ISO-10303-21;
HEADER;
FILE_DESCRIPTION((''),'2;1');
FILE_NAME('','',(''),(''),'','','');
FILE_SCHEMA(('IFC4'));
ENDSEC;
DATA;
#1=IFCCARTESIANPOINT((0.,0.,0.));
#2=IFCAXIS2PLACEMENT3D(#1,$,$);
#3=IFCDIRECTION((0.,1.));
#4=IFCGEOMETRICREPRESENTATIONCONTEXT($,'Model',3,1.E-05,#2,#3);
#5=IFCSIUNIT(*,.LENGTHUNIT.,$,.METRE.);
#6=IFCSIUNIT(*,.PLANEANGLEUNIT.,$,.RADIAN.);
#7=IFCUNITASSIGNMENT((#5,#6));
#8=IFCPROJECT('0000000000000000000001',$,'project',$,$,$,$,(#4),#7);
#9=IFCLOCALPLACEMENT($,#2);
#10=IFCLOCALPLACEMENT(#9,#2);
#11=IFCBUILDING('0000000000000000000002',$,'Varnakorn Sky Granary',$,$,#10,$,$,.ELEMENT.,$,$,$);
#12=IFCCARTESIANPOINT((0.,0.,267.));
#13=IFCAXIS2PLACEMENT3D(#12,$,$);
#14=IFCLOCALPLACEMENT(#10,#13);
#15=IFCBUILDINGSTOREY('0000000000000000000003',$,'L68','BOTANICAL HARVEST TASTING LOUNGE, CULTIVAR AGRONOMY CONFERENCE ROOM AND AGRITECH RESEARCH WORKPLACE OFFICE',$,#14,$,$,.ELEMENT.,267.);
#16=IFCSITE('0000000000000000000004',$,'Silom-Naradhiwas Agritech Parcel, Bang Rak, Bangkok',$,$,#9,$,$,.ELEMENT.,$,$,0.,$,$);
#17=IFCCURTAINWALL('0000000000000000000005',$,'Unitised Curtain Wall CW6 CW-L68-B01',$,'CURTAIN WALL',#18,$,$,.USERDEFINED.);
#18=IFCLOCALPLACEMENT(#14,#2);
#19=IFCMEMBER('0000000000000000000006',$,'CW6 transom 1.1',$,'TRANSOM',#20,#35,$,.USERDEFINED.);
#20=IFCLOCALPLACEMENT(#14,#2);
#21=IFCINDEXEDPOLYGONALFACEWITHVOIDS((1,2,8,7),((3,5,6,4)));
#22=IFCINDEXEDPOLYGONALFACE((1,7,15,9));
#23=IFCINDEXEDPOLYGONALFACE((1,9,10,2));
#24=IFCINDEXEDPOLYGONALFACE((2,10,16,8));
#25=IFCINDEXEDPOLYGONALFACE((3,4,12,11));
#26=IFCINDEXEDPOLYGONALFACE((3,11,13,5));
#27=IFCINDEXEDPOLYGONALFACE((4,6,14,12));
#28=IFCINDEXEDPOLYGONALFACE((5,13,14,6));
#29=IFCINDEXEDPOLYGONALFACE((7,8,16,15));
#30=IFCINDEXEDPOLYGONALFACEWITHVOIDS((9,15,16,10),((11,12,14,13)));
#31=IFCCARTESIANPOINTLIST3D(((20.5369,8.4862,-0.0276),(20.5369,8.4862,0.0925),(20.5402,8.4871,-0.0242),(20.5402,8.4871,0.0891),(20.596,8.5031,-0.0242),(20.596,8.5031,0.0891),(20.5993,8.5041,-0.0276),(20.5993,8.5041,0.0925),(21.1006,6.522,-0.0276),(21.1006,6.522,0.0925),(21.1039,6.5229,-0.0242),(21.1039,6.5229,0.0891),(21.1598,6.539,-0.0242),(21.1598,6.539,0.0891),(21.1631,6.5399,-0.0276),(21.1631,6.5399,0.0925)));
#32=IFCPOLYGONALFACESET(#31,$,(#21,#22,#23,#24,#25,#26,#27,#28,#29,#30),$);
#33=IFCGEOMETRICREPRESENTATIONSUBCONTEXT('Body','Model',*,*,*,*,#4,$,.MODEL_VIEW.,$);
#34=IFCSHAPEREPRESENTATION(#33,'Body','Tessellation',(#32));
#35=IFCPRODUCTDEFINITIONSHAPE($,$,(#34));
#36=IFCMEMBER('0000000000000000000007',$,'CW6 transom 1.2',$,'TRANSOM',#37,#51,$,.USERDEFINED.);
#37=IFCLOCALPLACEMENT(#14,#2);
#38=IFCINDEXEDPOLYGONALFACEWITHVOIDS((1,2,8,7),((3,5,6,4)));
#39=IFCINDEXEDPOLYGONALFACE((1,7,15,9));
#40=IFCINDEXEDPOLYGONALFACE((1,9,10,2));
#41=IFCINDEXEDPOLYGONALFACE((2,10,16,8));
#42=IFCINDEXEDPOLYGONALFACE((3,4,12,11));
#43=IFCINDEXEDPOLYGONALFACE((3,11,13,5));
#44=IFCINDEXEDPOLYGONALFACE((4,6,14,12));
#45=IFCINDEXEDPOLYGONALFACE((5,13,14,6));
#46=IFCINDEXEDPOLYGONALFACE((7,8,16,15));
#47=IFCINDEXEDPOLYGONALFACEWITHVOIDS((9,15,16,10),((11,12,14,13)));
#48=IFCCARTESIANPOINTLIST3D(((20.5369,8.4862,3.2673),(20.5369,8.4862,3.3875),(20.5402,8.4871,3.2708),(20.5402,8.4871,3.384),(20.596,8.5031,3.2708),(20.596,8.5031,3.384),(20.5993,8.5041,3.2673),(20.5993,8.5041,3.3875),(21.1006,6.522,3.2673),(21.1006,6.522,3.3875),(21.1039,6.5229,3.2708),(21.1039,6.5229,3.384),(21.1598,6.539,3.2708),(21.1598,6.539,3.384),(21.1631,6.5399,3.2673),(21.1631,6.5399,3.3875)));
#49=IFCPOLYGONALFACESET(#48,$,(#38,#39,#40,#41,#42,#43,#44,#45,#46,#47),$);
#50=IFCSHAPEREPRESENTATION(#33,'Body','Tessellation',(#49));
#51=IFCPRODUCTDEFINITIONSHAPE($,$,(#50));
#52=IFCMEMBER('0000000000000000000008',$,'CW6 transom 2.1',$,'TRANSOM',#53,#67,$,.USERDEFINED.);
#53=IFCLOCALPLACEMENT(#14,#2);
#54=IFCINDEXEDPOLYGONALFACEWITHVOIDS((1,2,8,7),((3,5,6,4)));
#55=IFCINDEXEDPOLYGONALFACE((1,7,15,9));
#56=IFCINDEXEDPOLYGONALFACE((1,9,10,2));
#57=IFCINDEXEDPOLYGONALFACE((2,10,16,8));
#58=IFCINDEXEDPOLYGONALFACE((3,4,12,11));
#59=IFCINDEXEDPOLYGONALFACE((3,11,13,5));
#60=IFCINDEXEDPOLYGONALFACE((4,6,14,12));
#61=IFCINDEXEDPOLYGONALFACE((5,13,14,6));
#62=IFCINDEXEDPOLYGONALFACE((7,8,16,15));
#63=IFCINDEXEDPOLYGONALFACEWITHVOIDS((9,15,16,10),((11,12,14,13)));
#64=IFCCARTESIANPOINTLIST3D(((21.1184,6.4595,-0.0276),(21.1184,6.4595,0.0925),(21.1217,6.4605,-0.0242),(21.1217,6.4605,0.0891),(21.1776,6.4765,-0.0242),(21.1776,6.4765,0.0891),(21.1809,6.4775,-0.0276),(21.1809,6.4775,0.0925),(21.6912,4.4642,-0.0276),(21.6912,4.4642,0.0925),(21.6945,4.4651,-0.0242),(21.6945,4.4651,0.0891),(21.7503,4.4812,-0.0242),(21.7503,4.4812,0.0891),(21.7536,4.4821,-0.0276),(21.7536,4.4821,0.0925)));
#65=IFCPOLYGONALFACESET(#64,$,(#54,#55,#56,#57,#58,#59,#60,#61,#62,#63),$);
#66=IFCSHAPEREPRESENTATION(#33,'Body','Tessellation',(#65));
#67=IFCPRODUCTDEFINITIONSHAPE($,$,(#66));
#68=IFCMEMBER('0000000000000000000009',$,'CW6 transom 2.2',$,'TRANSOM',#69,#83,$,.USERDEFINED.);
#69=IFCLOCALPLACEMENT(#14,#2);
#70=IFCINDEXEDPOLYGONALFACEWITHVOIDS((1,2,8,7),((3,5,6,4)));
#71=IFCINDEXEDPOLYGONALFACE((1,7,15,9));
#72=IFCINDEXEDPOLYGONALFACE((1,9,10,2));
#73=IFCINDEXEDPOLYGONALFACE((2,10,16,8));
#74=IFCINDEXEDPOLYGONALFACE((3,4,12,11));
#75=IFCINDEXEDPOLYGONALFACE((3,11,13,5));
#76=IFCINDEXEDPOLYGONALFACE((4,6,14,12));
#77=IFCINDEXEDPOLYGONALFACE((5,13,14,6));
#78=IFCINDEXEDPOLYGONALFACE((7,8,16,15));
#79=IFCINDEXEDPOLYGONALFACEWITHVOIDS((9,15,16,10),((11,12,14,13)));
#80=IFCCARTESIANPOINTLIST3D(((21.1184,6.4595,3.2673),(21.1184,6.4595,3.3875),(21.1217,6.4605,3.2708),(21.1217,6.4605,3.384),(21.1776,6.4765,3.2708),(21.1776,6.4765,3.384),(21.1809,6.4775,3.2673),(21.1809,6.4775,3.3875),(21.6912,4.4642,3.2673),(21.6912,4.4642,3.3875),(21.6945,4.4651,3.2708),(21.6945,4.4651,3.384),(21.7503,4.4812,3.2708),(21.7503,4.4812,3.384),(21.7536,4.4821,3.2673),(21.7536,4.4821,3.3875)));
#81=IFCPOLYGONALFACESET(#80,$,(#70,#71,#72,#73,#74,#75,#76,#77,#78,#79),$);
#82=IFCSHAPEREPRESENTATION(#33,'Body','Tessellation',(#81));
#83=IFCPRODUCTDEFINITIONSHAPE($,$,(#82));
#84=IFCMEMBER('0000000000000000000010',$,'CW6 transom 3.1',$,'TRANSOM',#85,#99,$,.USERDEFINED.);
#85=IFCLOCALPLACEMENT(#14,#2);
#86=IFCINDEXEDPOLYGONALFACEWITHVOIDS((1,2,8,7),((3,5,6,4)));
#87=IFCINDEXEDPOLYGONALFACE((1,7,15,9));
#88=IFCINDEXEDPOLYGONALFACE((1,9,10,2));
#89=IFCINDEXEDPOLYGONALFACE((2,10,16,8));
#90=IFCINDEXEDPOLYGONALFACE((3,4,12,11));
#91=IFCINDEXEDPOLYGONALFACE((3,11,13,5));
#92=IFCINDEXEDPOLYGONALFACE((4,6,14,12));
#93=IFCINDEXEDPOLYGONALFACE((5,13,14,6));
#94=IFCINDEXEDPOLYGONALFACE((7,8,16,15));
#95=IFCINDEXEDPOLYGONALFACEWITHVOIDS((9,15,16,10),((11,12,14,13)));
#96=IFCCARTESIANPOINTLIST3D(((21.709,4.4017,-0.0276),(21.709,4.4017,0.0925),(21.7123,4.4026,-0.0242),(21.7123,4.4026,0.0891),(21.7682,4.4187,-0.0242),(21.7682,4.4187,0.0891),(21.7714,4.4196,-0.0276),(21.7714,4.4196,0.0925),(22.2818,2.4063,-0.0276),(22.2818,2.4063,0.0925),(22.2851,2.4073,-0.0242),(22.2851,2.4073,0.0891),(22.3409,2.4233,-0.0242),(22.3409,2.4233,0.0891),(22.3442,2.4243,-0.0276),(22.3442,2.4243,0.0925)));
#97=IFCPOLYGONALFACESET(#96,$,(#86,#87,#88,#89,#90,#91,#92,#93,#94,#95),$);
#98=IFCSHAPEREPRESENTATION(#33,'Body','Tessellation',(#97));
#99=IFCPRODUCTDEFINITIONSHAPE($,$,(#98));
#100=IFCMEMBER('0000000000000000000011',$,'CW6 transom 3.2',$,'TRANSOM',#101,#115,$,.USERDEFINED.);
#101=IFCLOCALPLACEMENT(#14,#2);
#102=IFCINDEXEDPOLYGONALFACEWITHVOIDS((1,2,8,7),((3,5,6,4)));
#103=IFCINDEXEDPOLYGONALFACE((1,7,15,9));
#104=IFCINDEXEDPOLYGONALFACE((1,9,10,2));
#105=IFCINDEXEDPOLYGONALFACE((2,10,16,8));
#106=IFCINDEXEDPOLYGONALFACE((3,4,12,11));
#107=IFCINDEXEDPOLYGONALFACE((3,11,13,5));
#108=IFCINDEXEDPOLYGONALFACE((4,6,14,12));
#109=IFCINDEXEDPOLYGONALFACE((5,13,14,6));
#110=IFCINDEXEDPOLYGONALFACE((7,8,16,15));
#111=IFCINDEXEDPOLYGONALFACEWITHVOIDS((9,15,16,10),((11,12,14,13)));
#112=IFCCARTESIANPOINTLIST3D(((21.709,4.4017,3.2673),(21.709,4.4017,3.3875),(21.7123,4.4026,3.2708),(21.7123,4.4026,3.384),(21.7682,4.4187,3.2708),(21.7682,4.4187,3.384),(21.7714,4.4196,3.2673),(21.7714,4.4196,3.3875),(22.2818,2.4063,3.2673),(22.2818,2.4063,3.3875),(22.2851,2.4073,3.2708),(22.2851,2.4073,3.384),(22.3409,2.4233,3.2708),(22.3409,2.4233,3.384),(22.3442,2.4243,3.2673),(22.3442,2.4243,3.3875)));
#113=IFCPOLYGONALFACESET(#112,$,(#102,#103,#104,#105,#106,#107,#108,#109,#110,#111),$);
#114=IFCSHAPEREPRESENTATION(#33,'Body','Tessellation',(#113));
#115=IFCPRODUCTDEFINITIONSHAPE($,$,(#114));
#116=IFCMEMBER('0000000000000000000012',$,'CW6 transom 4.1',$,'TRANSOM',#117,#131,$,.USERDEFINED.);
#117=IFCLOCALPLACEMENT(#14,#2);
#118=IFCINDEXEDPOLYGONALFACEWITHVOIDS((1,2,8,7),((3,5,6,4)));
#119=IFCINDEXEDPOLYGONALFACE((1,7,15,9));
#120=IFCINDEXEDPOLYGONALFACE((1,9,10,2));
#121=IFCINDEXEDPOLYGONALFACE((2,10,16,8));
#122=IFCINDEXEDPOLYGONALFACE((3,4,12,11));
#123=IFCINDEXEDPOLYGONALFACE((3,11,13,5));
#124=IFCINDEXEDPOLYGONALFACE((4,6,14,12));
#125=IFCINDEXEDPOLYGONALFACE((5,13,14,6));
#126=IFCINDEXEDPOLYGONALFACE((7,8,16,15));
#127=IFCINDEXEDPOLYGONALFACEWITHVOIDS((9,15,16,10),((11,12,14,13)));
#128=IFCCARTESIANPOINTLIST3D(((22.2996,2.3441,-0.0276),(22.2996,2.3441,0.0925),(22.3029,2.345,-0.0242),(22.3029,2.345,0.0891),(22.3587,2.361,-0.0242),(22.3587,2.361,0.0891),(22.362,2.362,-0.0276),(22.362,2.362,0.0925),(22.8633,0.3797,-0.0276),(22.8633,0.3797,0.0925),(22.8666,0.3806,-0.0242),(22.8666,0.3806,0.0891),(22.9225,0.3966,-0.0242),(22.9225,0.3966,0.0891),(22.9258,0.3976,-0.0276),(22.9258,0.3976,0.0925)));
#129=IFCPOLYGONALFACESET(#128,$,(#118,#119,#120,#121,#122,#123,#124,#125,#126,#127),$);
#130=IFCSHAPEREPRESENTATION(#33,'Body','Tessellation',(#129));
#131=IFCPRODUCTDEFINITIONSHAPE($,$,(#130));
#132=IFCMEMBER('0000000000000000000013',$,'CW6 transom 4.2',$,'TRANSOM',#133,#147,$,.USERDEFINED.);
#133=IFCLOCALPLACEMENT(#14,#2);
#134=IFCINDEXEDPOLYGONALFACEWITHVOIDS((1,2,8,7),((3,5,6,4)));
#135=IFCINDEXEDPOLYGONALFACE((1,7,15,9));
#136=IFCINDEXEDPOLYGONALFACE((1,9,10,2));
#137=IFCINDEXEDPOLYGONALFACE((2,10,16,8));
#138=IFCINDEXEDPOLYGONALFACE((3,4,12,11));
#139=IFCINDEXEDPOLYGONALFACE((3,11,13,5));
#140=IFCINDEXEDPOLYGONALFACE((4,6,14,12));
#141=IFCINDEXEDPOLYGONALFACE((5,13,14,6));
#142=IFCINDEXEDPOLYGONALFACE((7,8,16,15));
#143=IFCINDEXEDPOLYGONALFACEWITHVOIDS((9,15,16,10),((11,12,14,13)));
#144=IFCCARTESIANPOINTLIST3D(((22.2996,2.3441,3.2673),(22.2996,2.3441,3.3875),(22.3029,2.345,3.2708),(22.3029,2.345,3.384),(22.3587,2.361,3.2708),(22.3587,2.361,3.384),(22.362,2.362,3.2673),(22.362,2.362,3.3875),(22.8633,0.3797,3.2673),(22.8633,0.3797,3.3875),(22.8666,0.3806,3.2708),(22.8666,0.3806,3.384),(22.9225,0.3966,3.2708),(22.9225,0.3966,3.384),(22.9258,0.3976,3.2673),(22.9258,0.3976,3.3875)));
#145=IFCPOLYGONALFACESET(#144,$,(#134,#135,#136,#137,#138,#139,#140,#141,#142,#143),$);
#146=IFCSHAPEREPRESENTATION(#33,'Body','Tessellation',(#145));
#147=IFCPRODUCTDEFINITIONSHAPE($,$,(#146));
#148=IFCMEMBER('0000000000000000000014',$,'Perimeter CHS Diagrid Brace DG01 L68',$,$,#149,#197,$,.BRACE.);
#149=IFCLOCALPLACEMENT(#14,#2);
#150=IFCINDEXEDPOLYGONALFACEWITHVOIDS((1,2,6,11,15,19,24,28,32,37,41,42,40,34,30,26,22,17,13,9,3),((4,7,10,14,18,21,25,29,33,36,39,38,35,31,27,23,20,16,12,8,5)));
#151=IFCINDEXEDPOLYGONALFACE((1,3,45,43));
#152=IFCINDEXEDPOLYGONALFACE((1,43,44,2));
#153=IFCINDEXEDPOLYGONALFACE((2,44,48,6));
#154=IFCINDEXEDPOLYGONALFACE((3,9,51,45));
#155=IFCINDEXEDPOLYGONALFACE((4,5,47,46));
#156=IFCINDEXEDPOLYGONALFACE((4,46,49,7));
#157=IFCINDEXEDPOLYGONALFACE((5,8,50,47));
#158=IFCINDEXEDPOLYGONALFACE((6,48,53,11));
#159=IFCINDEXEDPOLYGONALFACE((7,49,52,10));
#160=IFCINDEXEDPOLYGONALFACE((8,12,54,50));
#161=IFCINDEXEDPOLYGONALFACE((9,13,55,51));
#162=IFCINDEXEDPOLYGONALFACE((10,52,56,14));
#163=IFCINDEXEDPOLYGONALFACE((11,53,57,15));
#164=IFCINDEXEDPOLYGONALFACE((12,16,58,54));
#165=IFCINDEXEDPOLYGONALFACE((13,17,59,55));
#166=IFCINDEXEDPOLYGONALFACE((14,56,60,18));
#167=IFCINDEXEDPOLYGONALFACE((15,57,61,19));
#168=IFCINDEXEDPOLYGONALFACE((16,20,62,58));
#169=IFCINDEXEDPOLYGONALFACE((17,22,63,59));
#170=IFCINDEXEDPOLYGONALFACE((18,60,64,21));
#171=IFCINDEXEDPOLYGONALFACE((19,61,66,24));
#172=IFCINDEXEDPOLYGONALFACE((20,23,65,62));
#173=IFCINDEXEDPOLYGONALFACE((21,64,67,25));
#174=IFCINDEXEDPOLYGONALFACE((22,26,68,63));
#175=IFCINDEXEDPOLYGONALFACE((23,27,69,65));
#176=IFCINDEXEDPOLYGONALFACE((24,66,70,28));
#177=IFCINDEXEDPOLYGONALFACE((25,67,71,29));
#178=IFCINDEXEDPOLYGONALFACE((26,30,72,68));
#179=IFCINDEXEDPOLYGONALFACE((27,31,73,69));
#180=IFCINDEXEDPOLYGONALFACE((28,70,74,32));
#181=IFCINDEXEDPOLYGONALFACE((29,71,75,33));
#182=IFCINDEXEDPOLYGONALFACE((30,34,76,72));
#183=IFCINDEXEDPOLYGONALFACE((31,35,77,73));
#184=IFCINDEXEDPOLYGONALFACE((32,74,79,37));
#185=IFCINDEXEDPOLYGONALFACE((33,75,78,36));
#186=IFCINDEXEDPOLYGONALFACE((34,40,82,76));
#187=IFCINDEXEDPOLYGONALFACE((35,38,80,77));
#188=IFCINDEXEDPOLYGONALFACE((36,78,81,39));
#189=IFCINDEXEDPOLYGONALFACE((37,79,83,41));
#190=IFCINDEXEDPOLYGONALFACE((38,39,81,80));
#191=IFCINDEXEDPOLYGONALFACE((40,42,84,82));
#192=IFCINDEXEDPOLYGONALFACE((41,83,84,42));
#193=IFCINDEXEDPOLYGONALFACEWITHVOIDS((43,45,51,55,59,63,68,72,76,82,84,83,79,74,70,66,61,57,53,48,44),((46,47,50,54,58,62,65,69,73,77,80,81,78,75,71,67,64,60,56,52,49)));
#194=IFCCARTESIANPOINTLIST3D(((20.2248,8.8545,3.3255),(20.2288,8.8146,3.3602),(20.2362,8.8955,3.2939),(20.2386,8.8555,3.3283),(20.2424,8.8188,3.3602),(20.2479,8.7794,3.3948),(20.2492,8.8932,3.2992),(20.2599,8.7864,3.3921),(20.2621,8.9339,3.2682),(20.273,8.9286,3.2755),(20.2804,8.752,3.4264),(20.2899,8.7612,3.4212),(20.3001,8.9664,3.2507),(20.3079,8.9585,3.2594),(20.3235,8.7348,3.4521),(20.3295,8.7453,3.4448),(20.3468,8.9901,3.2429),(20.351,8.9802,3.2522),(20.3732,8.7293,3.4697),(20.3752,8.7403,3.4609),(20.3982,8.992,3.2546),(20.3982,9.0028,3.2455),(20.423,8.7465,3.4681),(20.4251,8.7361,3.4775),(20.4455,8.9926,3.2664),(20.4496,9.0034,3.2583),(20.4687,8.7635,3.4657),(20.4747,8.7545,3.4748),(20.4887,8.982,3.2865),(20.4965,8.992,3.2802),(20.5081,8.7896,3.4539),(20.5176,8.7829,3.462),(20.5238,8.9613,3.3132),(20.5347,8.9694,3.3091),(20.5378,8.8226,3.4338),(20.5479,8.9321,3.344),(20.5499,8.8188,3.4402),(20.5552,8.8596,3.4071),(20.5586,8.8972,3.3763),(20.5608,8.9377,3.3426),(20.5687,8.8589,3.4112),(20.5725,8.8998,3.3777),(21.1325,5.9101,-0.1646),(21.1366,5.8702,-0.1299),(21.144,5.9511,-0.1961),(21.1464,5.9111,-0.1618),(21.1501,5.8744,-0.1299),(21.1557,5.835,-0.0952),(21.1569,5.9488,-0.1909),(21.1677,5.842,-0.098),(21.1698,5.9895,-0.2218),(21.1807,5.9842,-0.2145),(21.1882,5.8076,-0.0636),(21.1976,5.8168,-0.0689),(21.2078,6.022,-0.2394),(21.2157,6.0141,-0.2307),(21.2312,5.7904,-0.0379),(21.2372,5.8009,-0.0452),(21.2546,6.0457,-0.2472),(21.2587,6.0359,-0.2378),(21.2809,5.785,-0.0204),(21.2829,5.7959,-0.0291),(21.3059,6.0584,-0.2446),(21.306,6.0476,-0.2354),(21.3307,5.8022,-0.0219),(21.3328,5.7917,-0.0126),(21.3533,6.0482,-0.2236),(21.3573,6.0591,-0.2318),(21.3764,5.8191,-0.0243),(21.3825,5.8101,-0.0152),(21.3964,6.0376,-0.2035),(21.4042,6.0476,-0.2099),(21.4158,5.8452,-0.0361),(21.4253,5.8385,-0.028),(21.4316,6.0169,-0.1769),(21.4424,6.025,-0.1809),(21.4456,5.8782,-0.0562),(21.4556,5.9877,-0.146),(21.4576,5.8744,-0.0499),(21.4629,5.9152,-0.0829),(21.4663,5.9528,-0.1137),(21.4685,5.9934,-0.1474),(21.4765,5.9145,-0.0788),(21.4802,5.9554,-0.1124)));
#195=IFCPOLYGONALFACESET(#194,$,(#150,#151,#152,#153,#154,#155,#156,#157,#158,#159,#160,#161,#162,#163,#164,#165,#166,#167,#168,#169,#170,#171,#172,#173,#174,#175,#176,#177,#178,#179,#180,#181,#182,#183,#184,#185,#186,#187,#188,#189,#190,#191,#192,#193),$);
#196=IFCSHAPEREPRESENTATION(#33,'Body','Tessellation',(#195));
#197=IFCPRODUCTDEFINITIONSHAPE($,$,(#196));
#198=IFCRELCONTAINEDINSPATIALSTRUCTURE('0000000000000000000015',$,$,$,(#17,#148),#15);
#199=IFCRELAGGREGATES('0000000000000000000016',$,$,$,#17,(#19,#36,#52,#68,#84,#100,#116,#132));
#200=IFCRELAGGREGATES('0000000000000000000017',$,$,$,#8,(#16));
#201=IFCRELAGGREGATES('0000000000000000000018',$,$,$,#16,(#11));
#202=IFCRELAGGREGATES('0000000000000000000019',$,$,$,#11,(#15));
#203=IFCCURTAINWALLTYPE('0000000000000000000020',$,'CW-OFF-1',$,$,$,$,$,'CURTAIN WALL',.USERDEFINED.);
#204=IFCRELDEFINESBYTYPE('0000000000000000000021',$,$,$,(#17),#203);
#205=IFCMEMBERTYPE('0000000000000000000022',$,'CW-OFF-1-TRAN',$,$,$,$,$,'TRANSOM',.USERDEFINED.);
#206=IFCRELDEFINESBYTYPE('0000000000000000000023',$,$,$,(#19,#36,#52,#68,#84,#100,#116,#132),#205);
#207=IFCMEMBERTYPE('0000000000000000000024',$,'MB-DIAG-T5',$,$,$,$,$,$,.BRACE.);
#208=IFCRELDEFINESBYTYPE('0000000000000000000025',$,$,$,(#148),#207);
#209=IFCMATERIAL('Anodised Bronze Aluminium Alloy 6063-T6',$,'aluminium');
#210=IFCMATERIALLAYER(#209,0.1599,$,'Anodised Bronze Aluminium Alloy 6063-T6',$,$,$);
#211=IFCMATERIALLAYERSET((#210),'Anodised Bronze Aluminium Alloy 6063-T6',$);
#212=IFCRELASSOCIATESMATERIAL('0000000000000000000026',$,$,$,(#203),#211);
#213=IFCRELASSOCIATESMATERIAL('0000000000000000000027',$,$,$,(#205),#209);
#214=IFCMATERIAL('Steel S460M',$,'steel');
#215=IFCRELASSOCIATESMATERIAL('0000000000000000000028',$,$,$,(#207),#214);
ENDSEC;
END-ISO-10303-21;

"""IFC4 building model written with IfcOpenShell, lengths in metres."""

from ifc_helpers import new_model, si_unit, direction, frame, origin, origin_2d, place, context, subcontext, project, spatial, hollow_rectangle, hollow_circle, extrude, material, layer, layer_set, material_profile, profile_set, type_object, element, aggregate, save


model = new_model("IFC4")

# Units and contexts
model_context = context("Model", 3, precision=1e-05, world=origin(), true_north=direction((0.0, 1.0)))
body_context = subcontext(model_context, "Body", "Model", "MODEL_VIEW")
ifc_project = project(units=[si_unit("LENGTHUNIT", "METRE"), si_unit("PLANEANGLEUNIT", "RADIAN")], contexts=[model_context])

# Site, building, storey
site_placement = place(None, origin())
site = spatial("IfcSite", under=ifc_project, at=site_placement, Name="Silom-Naradhiwas Agritech Parcel, Bang Rak, Bangkok", CompositionType="ELEMENT", RefElevation=0.0)
building_placement = place(site_placement, origin())
building = spatial("IfcBuilding", under=site, at=building_placement, Name="Varnakorn Sky Granary", CompositionType="ELEMENT")
storey_placement = place(building_placement, frame((0.0, 0.0, 267.0)))
storey = spatial("IfcBuildingStorey", under=building, at=storey_placement, Name="L68", Description="BOTANICAL HARVEST TASTING LOUNGE, CULTIVAR AGRONOMY CONFERENCE ROOM AND AGRITECH RESEARCH WORKPLACE OFFICE", CompositionType="ELEMENT", Elevation=267.0)

# Shared definitions
ifc_material_1 = material(Name="Steel S460M", Category="steel")

# Curtain wall
ifc_material_2 = material(Name="Anodised Bronze Aluminium Alloy 6063-T6", Category="aluminium")
ifc_layer_1 = layer(ifc_material_2, 0.1599, Name="Anodised Bronze Aluminium Alloy 6063-T6")
ifc_layer_set_1 = layer_set([ifc_layer_1], Name="Anodised Bronze Aluminium Alloy 6063-T6")
curtain_wall_type = type_object("IfcCurtainWallType", Name="CW-OFF-1", ElementType="CURTAIN WALL", PredefinedType="USERDEFINED", material=ifc_layer_set_1)
curtain_wall_1_placement = place(storey_placement, origin())
curtain_wall_1 = element("IfcCurtainWall", 1, at=curtain_wall_1_placement, inside=storey, type_object=curtain_wall_type, Name="Unitised Curtain Wall CW6 CW-L68-B01", ObjectType="CURTAIN WALL", PredefinedType="USERDEFINED")

# Members
ifc_material_profile_1 = material_profile(ifc_material_2, hollow_rectangle(XDim=0.0649, YDim=0.1201, WallThickness=0.0034, at=origin_2d()), Name="ALU TRAN 65x120")
ifc_profile_set_1 = profile_set([ifc_material_profile_1], Name="Anodised Bronze Aluminium Alloy 6063-T6")
member_type_1 = type_object("IfcMemberType", Name="CW-OFF-1-TRAN", ElementType="TRANSOM", PredefinedType="USERDEFINED", material=ifc_profile_set_1)
member_1_placement = place(storey_placement, frame((20.5681, 8.4951, 0.0325), z_axis=(0.275873, -0.961194, 0.0), x_axis=(0.961194, 0.275873, 0.0)))
member_1 = element("IfcMember", 2, at=member_1_placement, type_object=member_type_1, Name="CW6 transom 1.1", ObjectType="TRANSOM", PredefinedType="USERDEFINED", context=body_context, shape_type="SweptSolid", body=[
    extrude(hollow_rectangle(XDim=0.0649, YDim=0.1201, WallThickness=0.0034, at=origin_2d()), origin(), (0.0, 0.0, 1.0), 2.0435),
])
member_2_placement = place(storey_placement, frame((20.5681, 8.4951, 3.3274), z_axis=(0.275873, -0.961194, 0.0), x_axis=(0.961194, 0.275873, 0.0)))
member_2 = element("IfcMember", 3, at=member_2_placement, type_object=member_type_1, Name="CW6 transom 1.2", ObjectType="TRANSOM", PredefinedType="USERDEFINED", context=body_context, shape_type="SweptSolid", body=[
    extrude(hollow_rectangle(XDim=0.0649, YDim=0.1201, WallThickness=0.0034, at=origin_2d()), origin(), (0.0, 0.0, 1.0), 2.0435),
])
member_3_placement = place(storey_placement, frame((21.1497, 6.4685, 0.0325), z_axis=(0.275901, -0.961186, 0.0), x_axis=(0.961186, 0.275901, 0.0)))
member_3 = element("IfcMember", 4, at=member_3_placement, type_object=member_type_1, Name="CW6 transom 2.1", ObjectType="TRANSOM", PredefinedType="USERDEFINED", context=body_context, shape_type="SweptSolid", body=[
    extrude(hollow_rectangle(XDim=0.0649, YDim=0.1201, WallThickness=0.0034, at=origin_2d()), origin(), (0.0, 0.0, 1.0), 2.0759),
])
member_4_placement = place(storey_placement, frame((21.1497, 6.4685, 3.3274), z_axis=(0.275901, -0.961186, 0.0), x_axis=(0.961186, 0.275901, 0.0)))
member_4 = element("IfcMember", 5, at=member_4_placement, type_object=member_type_1, Name="CW6 transom 2.2", ObjectType="TRANSOM", PredefinedType="USERDEFINED", context=body_context, shape_type="SweptSolid", body=[
    extrude(hollow_rectangle(XDim=0.0649, YDim=0.1201, WallThickness=0.0034, at=origin_2d()), origin(), (0.0, 0.0, 1.0), 2.0759),
])
member_5_placement = place(storey_placement, frame((21.7402, 4.4106, 0.0325), z_axis=(0.275901, -0.961186, 0.0), x_axis=(0.961186, 0.275901, 0.0)))
member_5 = element("IfcMember", 6, at=member_5_placement, type_object=member_type_1, Name="CW6 transom 3.1", ObjectType="TRANSOM", PredefinedType="USERDEFINED", context=body_context, shape_type="SweptSolid", body=[
    extrude(hollow_rectangle(XDim=0.0649, YDim=0.1201, WallThickness=0.0034, at=origin_2d()), origin(), (0.0, 0.0, 1.0), 2.0759),
])
member_6_placement = place(storey_placement, frame((21.7402, 4.4106, 3.3274), z_axis=(0.275901, -0.961186, 0.0), x_axis=(0.961186, 0.275901, 0.0)))
member_6 = element("IfcMember", 7, at=member_6_placement, type_object=member_type_1, Name="CW6 transom 3.2", ObjectType="TRANSOM", PredefinedType="USERDEFINED", context=body_context, shape_type="SweptSolid", body=[
    extrude(hollow_rectangle(XDim=0.0649, YDim=0.1201, WallThickness=0.0034, at=origin_2d()), origin(), (0.0, 0.0, 1.0), 2.0759),
])
member_7_placement = place(storey_placement, frame((22.3308, 2.353, 0.0325), z_axis=(0.275841, -0.961203, 0.0), x_axis=(0.961203, 0.275841, 0.0)))
member_7 = element("IfcMember", 8, at=member_7_placement, type_object=member_type_1, Name="CW6 transom 4.1", ObjectType="TRANSOM", PredefinedType="USERDEFINED", context=body_context, shape_type="SweptSolid", body=[
    extrude(hollow_rectangle(XDim=0.0649, YDim=0.1201, WallThickness=0.0034, at=origin_2d()), origin(), (0.0, 0.0, 1.0), 2.0437),
])
member_8_placement = place(storey_placement, frame((22.3308, 2.353, 3.3274), z_axis=(0.275841, -0.961203, 0.0), x_axis=(0.961203, 0.275841, 0.0)))
member_8 = element("IfcMember", 9, at=member_8_placement, type_object=member_type_1, Name="CW6 transom 4.2", ObjectType="TRANSOM", PredefinedType="USERDEFINED", context=body_context, shape_type="SweptSolid", body=[
    extrude(hollow_rectangle(XDim=0.0649, YDim=0.1201, WallThickness=0.0034, at=origin_2d()), origin(), (0.0, 0.0, 1.0), 2.0437),
])
ifc_material_profile_2 = material_profile(ifc_material_1, hollow_circle(Radius=0.1777, WallThickness=0.0142, at=origin_2d()), Name="CHS 355.6x14")
ifc_profile_set_2 = profile_set([ifc_material_profile_2], Name="Steel S460M")
member_type_2 = type_object("IfcMemberType", Name="MB-DIAG-T5", PredefinedType="BRACE", material=ifc_profile_set_2)
member_9_placement = place(storey_placement, frame((21.3064, 5.9226, -0.1299), z_axis=(-0.19498, 0.632451, 0.749659), x_axis=(-0.955618, -0.294609, 0.0)))
element("IfcMember", 10, at=member_9_placement, inside=storey, type_object=member_type_2, Name="Perimeter CHS Diagrid Brace DG01 L68", PredefinedType="BRACE", context=body_context, shape_type="SweptSolid", body=[
    extrude(hollow_circle(Radius=0.1777, WallThickness=0.0142, at=origin_2d()), origin(), (0.0, 0.0, 1.0), 4.6555),
])

aggregate(curtain_wall_1, [member_1, member_2, member_3, member_4, member_5, member_6, member_7, member_8])

save(model, "model.ifc")
